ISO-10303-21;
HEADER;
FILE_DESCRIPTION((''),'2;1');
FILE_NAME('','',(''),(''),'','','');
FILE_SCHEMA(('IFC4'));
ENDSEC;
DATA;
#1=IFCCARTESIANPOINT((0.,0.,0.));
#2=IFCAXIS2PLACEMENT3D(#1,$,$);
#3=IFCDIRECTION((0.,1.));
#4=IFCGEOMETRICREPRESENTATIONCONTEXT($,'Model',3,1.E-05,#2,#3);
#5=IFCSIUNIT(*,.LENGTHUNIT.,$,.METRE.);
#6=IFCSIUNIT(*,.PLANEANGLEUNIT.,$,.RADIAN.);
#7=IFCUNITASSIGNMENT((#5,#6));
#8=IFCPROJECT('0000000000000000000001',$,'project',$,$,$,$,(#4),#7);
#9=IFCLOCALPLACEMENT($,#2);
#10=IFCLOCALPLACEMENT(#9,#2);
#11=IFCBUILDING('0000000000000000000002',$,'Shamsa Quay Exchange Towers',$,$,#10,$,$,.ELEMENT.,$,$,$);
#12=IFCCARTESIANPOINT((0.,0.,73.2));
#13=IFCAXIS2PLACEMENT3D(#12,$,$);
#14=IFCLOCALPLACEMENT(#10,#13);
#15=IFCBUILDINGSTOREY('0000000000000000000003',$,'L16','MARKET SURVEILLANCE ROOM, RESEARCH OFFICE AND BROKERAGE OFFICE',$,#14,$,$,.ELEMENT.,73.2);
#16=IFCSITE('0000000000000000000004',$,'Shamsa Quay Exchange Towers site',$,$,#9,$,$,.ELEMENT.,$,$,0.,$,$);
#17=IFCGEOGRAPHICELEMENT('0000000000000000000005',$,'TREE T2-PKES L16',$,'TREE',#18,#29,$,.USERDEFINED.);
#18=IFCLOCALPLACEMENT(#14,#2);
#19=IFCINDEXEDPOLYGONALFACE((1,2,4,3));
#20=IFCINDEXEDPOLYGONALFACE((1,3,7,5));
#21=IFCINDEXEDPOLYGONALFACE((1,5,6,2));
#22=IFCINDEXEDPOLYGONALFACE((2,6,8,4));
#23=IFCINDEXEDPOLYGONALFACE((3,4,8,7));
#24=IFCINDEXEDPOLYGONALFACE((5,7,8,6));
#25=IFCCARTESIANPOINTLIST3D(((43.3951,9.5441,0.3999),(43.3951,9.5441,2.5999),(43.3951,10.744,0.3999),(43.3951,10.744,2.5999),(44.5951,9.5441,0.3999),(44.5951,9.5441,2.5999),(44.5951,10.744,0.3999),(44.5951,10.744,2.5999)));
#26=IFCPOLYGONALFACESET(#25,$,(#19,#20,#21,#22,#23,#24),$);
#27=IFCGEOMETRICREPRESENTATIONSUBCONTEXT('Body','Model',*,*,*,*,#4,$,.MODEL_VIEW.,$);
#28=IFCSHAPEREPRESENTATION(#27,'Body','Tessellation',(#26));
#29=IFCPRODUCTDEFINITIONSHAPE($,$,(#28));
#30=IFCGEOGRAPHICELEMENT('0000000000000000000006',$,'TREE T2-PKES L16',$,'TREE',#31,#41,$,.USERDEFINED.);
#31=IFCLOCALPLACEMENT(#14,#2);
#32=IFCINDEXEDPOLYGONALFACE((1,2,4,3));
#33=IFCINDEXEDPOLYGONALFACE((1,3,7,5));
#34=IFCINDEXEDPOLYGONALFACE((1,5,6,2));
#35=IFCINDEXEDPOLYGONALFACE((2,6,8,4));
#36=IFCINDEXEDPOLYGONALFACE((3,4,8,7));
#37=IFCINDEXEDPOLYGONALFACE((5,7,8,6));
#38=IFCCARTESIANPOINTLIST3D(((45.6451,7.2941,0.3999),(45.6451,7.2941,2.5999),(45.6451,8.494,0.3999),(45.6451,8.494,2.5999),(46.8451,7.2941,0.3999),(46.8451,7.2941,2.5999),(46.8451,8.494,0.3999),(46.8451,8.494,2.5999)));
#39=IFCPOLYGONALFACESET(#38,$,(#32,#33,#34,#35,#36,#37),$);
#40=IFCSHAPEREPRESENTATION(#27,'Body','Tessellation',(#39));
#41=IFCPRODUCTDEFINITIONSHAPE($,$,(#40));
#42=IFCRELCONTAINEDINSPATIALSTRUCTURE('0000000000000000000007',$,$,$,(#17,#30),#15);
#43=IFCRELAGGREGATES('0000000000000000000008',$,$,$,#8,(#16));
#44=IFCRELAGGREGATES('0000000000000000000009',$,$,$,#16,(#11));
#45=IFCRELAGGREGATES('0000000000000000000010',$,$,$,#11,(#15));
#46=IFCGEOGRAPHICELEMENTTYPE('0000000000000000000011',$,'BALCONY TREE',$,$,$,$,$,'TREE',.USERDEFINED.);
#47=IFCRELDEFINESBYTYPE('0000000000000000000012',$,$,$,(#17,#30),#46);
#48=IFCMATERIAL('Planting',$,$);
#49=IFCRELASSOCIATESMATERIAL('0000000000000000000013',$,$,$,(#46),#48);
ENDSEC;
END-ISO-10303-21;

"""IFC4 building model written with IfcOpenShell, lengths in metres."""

from ifc_helpers import new_model, si_unit, direction, frame, origin, origin_2d, place, context, subcontext, project, spatial, rectangle, extrude, material, type_object, element, save


model = new_model("IFC4")

# Units and contexts
model_context = context("Model", 3, precision=1e-05, world=origin(), true_north=direction((0.0, 1.0)))
body_context = subcontext(model_context, "Body", "Model", "MODEL_VIEW")
ifc_project = project(units=[si_unit("LENGTHUNIT", "METRE"), si_unit("PLANEANGLEUNIT", "RADIAN")], contexts=[model_context])

# Site, building, storey
site_placement = place(None, origin())
site = spatial("IfcSite", under=ifc_project, at=site_placement, Name="Shamsa Quay Exchange Towers site", CompositionType="ELEMENT", RefElevation=0.0)
building_placement = place(site_placement, origin())
building = spatial("IfcBuilding", under=site, at=building_placement, Name="Shamsa Quay Exchange Towers", CompositionType="ELEMENT")
storey_placement = place(building_placement, frame((0.0, 0.0, 73.2)))
storey = spatial("IfcBuildingStorey", under=building, at=storey_placement, Name="L16", Description="MARKET SURVEILLANCE ROOM, RESEARCH OFFICE AND BROKERAGE OFFICE", CompositionType="ELEMENT", Elevation=73.2)

# Geographic elements
ifc_material_1 = material(Name="Planting")
geographic_element_type = type_object("IfcGeographicElementType", Name="BALCONY TREE", ElementType="TREE", PredefinedType="USERDEFINED", material=ifc_material_1)
for number, where, z_axis, x_axis, name in (
    (1, (43.9951, 10.144, 0.3999), (0.0, 0.0, 1.0), (0.0, 1.0, 0.0), "TREE T2-PKES L16"),
    (2, (46.2451, 7.894, 0.3999), (0.0, 0.0, 1.0), (0.0, 1.0, 0.0), "TREE T2-PKES L16"),
):
    element("IfcGeographicElement", number, at=place(storey_placement, frame(where, z_axis=z_axis, x_axis=x_axis)), inside=storey, type_object=geographic_element_type, Name=name, ObjectType="TREE", PredefinedType="USERDEFINED", context=body_context, shape_type="SweptSolid", body=[
        extrude(rectangle(XDim=1.2, YDim=1.2, at=origin_2d()), origin(), (0.0, 0.0, 1.0), 2.2),
    ])

save(model, "model.ifc")
